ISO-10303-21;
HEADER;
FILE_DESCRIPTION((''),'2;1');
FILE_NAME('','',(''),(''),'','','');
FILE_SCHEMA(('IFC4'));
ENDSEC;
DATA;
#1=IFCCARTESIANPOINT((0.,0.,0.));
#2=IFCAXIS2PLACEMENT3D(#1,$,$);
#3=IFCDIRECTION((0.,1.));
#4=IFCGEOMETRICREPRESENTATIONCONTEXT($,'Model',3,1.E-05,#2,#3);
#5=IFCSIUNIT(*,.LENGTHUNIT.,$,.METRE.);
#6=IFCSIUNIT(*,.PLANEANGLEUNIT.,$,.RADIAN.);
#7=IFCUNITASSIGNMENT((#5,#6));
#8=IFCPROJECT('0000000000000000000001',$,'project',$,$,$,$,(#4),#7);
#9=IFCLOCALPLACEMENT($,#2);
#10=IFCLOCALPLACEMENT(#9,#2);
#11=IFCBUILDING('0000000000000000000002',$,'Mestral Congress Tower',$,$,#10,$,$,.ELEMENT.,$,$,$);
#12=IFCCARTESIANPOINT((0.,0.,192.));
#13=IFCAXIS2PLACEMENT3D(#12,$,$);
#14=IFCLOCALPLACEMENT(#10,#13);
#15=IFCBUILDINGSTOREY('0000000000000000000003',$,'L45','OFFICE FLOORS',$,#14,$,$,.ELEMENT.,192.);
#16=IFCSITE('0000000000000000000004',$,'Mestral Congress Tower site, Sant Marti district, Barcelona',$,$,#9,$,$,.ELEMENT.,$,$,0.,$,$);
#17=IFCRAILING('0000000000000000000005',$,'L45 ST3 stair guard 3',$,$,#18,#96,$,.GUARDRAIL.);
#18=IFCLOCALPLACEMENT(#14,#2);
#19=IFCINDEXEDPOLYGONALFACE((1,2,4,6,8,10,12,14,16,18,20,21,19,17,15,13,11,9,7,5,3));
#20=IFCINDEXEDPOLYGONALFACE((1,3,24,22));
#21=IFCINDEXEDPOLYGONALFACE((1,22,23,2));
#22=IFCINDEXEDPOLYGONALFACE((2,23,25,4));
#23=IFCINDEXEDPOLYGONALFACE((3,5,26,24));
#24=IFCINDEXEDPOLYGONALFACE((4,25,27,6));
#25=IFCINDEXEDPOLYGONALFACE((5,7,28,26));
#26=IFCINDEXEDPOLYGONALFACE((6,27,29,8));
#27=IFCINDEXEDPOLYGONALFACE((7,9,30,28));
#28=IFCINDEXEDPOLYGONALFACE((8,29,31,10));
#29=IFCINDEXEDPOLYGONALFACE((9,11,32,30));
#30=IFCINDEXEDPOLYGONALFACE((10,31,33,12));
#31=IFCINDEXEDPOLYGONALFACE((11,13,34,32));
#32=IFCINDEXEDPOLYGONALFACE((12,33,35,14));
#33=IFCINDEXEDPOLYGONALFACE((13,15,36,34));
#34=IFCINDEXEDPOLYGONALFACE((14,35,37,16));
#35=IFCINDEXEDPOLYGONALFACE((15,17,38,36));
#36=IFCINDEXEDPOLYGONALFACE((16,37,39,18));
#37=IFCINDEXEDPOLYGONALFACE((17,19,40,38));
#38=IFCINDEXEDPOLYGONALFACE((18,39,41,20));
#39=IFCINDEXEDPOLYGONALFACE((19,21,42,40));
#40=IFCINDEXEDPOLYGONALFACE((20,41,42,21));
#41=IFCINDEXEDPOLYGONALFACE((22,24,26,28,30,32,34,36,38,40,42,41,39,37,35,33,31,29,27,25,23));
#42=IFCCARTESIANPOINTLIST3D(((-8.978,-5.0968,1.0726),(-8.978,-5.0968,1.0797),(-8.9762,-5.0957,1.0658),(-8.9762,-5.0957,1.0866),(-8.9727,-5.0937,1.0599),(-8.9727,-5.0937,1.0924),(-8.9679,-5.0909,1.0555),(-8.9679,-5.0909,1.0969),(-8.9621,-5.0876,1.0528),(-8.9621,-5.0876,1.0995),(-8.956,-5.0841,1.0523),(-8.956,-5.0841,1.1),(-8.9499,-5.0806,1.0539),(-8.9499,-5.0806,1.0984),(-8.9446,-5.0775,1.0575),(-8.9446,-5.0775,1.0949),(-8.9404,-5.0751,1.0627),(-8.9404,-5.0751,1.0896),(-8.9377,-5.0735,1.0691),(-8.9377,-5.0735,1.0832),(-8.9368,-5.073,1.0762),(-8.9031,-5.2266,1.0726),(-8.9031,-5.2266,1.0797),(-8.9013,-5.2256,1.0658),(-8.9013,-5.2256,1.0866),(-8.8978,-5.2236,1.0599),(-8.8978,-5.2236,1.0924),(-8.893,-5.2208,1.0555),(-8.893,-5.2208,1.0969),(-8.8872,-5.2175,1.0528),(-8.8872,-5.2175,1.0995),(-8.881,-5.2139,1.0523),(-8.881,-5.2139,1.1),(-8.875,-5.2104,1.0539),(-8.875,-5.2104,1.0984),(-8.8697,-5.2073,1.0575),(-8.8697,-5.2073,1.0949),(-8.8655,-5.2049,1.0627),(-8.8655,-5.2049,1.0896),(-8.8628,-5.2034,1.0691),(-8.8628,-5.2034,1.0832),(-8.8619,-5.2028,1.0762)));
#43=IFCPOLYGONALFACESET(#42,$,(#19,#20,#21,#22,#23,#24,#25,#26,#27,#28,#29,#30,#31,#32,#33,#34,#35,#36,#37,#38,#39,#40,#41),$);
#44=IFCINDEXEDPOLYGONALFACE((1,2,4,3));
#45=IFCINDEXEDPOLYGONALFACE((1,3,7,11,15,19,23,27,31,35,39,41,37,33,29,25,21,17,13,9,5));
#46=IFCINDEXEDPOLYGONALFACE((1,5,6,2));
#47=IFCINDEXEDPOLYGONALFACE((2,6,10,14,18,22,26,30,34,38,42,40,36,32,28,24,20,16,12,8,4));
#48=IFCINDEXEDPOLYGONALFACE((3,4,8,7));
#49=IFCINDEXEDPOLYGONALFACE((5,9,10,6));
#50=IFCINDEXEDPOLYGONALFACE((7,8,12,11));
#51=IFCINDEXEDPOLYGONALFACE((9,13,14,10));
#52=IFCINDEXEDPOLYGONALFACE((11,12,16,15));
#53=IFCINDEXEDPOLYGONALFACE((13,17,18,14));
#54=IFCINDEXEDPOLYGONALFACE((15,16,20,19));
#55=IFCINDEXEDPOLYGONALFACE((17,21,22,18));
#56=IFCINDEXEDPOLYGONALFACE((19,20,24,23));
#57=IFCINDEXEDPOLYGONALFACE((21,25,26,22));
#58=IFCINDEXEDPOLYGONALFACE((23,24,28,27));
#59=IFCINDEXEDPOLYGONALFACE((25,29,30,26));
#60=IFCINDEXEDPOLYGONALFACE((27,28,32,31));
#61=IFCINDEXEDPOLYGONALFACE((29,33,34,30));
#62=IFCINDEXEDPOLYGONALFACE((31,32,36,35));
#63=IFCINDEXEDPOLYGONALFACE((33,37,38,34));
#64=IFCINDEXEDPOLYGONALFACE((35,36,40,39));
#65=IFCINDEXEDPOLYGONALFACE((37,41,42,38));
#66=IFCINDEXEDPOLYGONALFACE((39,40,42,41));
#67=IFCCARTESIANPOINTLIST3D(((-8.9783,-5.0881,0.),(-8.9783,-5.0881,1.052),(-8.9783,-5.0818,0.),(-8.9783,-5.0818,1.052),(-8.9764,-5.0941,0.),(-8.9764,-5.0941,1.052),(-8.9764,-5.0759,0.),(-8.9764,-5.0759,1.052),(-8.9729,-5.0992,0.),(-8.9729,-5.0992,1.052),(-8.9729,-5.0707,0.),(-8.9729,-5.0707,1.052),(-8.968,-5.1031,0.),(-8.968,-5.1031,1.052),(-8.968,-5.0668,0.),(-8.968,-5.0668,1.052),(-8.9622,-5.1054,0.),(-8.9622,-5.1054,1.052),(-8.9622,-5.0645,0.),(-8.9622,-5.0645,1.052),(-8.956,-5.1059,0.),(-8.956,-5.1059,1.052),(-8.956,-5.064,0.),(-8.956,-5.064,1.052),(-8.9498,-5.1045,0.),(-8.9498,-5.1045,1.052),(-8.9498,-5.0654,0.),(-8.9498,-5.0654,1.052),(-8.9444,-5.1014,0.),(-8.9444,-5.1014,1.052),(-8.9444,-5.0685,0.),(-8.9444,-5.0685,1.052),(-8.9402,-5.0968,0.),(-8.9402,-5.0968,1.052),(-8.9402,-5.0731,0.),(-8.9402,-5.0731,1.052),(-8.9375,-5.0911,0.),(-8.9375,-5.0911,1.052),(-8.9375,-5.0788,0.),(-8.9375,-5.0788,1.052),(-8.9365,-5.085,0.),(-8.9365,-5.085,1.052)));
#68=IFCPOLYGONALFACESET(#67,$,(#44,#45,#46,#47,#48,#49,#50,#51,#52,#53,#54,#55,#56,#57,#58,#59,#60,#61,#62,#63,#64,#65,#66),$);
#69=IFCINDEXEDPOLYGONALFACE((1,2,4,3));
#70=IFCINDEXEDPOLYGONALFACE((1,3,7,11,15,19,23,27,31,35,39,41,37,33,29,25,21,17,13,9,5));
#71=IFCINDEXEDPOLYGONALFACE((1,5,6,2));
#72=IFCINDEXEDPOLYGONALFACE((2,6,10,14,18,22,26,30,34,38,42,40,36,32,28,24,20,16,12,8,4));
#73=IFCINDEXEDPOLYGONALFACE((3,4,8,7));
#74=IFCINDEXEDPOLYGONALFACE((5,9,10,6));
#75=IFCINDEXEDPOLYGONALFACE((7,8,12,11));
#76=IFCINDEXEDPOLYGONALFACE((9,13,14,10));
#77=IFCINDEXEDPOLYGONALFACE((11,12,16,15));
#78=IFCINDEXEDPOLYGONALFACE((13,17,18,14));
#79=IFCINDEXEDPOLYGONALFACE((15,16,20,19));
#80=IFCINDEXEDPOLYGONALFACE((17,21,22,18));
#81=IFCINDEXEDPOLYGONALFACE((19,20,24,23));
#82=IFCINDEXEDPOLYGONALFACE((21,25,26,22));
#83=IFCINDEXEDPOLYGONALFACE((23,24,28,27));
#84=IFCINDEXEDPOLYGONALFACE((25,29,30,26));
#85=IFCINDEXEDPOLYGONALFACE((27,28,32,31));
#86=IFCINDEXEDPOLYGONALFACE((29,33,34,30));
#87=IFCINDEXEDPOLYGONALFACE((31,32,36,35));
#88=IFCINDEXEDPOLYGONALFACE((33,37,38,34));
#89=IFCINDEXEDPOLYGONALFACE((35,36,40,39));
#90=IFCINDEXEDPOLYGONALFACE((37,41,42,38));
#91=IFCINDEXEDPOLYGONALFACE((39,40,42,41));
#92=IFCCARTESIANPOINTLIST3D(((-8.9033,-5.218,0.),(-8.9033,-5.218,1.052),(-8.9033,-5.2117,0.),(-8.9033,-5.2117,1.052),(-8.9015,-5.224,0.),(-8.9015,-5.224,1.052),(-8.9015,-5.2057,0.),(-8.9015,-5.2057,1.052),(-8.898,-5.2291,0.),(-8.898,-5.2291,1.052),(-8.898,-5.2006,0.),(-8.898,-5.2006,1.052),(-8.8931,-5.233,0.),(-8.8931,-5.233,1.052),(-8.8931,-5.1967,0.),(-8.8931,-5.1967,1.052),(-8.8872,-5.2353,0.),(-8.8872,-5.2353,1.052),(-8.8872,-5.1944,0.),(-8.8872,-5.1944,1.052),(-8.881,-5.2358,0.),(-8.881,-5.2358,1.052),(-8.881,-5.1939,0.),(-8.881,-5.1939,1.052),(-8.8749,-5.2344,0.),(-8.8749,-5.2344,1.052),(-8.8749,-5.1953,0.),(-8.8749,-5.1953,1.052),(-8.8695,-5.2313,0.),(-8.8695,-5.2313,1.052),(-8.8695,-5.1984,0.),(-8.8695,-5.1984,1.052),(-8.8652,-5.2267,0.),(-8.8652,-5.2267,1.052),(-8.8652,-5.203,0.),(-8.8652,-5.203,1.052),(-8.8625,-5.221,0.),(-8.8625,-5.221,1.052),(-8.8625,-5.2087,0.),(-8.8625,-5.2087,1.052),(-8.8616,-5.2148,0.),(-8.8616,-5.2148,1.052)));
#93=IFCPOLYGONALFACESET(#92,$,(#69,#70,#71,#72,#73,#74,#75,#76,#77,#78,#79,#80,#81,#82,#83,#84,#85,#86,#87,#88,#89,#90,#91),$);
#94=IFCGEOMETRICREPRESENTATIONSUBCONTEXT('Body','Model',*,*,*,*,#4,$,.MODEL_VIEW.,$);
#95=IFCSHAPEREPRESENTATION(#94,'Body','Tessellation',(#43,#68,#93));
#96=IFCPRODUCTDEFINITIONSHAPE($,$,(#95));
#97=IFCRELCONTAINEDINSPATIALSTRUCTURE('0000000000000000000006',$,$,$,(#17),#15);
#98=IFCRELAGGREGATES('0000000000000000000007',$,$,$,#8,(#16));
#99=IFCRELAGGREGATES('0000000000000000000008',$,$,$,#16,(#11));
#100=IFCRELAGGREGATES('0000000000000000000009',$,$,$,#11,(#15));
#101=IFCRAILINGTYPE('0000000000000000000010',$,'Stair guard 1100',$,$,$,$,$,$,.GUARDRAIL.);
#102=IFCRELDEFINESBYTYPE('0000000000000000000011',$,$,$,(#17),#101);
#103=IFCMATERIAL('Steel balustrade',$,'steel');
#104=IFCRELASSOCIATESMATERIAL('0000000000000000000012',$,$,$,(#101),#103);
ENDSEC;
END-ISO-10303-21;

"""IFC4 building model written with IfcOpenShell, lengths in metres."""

from ifc_helpers import new_model, si_unit, direction, frame, origin, origin_2d, place, context, subcontext, project, spatial, circle, extrude, material, type_object, element, save


model = new_model("IFC4")

# Units and contexts
model_context = context("Model", 3, precision=1e-05, world=origin(), true_north=direction((0.0, 1.0)))
body_context = subcontext(model_context, "Body", "Model", "MODEL_VIEW")
ifc_project = project(units=[si_unit("LENGTHUNIT", "METRE"), si_unit("PLANEANGLEUNIT", "RADIAN")], contexts=[model_context])

# Site, building, storey
site_placement = place(None, origin())
site = spatial("IfcSite", under=ifc_project, at=site_placement, Name="Mestral Congress Tower site, Sant Marti district, Barcelona", CompositionType="ELEMENT", RefElevation=0.0)
building_placement = place(site_placement, origin())
building = spatial("IfcBuilding", under=site, at=building_placement, Name="Mestral Congress Tower", CompositionType="ELEMENT")
storey_placement = place(building_placement, frame((0.0, 0.0, 192.0)))
storey = spatial("IfcBuildingStorey", under=building, at=storey_placement, Name="L45", Description="OFFICE FLOORS", CompositionType="ELEMENT", Elevation=192.0)

# Railing
ifc_material_1 = material(Name="Steel balustrade", Category="steel")
railing_type_1 = type_object("IfcRailingType", Name="Stair guard 1100", PredefinedType="GUARDRAIL", material=ifc_material_1)
railing_1_placement = place(storey_placement, frame((-8.9575, -5.085, 0.0)))
element("IfcRailing", 1, at=railing_1_placement, inside=storey, type_object=railing_type_1, Name="L45 ST3 stair guard 3", PredefinedType="GUARDRAIL", context=body_context, shape_type="SweptSolid", body=[
    extrude(circle(Radius=0.0239, at=origin_2d()), frame((0.0, 0.0, 1.0762), z_axis=(0.499816, -0.866131, 0.0), x_axis=(0.866131, 0.499816, 0.0)), (0.0, 0.0, 1.0), 0.1499),
    extrude(circle(Radius=0.021, at=origin_2d()), origin(), (0.0, 0.0, 1.0), 1.052),
    extrude(circle(Radius=0.021, at=origin_2d()), frame((0.075, -0.1299, 0.0)), (0.0, 0.0, 1.0), 1.052),
])

save(model, "model.ifc")
